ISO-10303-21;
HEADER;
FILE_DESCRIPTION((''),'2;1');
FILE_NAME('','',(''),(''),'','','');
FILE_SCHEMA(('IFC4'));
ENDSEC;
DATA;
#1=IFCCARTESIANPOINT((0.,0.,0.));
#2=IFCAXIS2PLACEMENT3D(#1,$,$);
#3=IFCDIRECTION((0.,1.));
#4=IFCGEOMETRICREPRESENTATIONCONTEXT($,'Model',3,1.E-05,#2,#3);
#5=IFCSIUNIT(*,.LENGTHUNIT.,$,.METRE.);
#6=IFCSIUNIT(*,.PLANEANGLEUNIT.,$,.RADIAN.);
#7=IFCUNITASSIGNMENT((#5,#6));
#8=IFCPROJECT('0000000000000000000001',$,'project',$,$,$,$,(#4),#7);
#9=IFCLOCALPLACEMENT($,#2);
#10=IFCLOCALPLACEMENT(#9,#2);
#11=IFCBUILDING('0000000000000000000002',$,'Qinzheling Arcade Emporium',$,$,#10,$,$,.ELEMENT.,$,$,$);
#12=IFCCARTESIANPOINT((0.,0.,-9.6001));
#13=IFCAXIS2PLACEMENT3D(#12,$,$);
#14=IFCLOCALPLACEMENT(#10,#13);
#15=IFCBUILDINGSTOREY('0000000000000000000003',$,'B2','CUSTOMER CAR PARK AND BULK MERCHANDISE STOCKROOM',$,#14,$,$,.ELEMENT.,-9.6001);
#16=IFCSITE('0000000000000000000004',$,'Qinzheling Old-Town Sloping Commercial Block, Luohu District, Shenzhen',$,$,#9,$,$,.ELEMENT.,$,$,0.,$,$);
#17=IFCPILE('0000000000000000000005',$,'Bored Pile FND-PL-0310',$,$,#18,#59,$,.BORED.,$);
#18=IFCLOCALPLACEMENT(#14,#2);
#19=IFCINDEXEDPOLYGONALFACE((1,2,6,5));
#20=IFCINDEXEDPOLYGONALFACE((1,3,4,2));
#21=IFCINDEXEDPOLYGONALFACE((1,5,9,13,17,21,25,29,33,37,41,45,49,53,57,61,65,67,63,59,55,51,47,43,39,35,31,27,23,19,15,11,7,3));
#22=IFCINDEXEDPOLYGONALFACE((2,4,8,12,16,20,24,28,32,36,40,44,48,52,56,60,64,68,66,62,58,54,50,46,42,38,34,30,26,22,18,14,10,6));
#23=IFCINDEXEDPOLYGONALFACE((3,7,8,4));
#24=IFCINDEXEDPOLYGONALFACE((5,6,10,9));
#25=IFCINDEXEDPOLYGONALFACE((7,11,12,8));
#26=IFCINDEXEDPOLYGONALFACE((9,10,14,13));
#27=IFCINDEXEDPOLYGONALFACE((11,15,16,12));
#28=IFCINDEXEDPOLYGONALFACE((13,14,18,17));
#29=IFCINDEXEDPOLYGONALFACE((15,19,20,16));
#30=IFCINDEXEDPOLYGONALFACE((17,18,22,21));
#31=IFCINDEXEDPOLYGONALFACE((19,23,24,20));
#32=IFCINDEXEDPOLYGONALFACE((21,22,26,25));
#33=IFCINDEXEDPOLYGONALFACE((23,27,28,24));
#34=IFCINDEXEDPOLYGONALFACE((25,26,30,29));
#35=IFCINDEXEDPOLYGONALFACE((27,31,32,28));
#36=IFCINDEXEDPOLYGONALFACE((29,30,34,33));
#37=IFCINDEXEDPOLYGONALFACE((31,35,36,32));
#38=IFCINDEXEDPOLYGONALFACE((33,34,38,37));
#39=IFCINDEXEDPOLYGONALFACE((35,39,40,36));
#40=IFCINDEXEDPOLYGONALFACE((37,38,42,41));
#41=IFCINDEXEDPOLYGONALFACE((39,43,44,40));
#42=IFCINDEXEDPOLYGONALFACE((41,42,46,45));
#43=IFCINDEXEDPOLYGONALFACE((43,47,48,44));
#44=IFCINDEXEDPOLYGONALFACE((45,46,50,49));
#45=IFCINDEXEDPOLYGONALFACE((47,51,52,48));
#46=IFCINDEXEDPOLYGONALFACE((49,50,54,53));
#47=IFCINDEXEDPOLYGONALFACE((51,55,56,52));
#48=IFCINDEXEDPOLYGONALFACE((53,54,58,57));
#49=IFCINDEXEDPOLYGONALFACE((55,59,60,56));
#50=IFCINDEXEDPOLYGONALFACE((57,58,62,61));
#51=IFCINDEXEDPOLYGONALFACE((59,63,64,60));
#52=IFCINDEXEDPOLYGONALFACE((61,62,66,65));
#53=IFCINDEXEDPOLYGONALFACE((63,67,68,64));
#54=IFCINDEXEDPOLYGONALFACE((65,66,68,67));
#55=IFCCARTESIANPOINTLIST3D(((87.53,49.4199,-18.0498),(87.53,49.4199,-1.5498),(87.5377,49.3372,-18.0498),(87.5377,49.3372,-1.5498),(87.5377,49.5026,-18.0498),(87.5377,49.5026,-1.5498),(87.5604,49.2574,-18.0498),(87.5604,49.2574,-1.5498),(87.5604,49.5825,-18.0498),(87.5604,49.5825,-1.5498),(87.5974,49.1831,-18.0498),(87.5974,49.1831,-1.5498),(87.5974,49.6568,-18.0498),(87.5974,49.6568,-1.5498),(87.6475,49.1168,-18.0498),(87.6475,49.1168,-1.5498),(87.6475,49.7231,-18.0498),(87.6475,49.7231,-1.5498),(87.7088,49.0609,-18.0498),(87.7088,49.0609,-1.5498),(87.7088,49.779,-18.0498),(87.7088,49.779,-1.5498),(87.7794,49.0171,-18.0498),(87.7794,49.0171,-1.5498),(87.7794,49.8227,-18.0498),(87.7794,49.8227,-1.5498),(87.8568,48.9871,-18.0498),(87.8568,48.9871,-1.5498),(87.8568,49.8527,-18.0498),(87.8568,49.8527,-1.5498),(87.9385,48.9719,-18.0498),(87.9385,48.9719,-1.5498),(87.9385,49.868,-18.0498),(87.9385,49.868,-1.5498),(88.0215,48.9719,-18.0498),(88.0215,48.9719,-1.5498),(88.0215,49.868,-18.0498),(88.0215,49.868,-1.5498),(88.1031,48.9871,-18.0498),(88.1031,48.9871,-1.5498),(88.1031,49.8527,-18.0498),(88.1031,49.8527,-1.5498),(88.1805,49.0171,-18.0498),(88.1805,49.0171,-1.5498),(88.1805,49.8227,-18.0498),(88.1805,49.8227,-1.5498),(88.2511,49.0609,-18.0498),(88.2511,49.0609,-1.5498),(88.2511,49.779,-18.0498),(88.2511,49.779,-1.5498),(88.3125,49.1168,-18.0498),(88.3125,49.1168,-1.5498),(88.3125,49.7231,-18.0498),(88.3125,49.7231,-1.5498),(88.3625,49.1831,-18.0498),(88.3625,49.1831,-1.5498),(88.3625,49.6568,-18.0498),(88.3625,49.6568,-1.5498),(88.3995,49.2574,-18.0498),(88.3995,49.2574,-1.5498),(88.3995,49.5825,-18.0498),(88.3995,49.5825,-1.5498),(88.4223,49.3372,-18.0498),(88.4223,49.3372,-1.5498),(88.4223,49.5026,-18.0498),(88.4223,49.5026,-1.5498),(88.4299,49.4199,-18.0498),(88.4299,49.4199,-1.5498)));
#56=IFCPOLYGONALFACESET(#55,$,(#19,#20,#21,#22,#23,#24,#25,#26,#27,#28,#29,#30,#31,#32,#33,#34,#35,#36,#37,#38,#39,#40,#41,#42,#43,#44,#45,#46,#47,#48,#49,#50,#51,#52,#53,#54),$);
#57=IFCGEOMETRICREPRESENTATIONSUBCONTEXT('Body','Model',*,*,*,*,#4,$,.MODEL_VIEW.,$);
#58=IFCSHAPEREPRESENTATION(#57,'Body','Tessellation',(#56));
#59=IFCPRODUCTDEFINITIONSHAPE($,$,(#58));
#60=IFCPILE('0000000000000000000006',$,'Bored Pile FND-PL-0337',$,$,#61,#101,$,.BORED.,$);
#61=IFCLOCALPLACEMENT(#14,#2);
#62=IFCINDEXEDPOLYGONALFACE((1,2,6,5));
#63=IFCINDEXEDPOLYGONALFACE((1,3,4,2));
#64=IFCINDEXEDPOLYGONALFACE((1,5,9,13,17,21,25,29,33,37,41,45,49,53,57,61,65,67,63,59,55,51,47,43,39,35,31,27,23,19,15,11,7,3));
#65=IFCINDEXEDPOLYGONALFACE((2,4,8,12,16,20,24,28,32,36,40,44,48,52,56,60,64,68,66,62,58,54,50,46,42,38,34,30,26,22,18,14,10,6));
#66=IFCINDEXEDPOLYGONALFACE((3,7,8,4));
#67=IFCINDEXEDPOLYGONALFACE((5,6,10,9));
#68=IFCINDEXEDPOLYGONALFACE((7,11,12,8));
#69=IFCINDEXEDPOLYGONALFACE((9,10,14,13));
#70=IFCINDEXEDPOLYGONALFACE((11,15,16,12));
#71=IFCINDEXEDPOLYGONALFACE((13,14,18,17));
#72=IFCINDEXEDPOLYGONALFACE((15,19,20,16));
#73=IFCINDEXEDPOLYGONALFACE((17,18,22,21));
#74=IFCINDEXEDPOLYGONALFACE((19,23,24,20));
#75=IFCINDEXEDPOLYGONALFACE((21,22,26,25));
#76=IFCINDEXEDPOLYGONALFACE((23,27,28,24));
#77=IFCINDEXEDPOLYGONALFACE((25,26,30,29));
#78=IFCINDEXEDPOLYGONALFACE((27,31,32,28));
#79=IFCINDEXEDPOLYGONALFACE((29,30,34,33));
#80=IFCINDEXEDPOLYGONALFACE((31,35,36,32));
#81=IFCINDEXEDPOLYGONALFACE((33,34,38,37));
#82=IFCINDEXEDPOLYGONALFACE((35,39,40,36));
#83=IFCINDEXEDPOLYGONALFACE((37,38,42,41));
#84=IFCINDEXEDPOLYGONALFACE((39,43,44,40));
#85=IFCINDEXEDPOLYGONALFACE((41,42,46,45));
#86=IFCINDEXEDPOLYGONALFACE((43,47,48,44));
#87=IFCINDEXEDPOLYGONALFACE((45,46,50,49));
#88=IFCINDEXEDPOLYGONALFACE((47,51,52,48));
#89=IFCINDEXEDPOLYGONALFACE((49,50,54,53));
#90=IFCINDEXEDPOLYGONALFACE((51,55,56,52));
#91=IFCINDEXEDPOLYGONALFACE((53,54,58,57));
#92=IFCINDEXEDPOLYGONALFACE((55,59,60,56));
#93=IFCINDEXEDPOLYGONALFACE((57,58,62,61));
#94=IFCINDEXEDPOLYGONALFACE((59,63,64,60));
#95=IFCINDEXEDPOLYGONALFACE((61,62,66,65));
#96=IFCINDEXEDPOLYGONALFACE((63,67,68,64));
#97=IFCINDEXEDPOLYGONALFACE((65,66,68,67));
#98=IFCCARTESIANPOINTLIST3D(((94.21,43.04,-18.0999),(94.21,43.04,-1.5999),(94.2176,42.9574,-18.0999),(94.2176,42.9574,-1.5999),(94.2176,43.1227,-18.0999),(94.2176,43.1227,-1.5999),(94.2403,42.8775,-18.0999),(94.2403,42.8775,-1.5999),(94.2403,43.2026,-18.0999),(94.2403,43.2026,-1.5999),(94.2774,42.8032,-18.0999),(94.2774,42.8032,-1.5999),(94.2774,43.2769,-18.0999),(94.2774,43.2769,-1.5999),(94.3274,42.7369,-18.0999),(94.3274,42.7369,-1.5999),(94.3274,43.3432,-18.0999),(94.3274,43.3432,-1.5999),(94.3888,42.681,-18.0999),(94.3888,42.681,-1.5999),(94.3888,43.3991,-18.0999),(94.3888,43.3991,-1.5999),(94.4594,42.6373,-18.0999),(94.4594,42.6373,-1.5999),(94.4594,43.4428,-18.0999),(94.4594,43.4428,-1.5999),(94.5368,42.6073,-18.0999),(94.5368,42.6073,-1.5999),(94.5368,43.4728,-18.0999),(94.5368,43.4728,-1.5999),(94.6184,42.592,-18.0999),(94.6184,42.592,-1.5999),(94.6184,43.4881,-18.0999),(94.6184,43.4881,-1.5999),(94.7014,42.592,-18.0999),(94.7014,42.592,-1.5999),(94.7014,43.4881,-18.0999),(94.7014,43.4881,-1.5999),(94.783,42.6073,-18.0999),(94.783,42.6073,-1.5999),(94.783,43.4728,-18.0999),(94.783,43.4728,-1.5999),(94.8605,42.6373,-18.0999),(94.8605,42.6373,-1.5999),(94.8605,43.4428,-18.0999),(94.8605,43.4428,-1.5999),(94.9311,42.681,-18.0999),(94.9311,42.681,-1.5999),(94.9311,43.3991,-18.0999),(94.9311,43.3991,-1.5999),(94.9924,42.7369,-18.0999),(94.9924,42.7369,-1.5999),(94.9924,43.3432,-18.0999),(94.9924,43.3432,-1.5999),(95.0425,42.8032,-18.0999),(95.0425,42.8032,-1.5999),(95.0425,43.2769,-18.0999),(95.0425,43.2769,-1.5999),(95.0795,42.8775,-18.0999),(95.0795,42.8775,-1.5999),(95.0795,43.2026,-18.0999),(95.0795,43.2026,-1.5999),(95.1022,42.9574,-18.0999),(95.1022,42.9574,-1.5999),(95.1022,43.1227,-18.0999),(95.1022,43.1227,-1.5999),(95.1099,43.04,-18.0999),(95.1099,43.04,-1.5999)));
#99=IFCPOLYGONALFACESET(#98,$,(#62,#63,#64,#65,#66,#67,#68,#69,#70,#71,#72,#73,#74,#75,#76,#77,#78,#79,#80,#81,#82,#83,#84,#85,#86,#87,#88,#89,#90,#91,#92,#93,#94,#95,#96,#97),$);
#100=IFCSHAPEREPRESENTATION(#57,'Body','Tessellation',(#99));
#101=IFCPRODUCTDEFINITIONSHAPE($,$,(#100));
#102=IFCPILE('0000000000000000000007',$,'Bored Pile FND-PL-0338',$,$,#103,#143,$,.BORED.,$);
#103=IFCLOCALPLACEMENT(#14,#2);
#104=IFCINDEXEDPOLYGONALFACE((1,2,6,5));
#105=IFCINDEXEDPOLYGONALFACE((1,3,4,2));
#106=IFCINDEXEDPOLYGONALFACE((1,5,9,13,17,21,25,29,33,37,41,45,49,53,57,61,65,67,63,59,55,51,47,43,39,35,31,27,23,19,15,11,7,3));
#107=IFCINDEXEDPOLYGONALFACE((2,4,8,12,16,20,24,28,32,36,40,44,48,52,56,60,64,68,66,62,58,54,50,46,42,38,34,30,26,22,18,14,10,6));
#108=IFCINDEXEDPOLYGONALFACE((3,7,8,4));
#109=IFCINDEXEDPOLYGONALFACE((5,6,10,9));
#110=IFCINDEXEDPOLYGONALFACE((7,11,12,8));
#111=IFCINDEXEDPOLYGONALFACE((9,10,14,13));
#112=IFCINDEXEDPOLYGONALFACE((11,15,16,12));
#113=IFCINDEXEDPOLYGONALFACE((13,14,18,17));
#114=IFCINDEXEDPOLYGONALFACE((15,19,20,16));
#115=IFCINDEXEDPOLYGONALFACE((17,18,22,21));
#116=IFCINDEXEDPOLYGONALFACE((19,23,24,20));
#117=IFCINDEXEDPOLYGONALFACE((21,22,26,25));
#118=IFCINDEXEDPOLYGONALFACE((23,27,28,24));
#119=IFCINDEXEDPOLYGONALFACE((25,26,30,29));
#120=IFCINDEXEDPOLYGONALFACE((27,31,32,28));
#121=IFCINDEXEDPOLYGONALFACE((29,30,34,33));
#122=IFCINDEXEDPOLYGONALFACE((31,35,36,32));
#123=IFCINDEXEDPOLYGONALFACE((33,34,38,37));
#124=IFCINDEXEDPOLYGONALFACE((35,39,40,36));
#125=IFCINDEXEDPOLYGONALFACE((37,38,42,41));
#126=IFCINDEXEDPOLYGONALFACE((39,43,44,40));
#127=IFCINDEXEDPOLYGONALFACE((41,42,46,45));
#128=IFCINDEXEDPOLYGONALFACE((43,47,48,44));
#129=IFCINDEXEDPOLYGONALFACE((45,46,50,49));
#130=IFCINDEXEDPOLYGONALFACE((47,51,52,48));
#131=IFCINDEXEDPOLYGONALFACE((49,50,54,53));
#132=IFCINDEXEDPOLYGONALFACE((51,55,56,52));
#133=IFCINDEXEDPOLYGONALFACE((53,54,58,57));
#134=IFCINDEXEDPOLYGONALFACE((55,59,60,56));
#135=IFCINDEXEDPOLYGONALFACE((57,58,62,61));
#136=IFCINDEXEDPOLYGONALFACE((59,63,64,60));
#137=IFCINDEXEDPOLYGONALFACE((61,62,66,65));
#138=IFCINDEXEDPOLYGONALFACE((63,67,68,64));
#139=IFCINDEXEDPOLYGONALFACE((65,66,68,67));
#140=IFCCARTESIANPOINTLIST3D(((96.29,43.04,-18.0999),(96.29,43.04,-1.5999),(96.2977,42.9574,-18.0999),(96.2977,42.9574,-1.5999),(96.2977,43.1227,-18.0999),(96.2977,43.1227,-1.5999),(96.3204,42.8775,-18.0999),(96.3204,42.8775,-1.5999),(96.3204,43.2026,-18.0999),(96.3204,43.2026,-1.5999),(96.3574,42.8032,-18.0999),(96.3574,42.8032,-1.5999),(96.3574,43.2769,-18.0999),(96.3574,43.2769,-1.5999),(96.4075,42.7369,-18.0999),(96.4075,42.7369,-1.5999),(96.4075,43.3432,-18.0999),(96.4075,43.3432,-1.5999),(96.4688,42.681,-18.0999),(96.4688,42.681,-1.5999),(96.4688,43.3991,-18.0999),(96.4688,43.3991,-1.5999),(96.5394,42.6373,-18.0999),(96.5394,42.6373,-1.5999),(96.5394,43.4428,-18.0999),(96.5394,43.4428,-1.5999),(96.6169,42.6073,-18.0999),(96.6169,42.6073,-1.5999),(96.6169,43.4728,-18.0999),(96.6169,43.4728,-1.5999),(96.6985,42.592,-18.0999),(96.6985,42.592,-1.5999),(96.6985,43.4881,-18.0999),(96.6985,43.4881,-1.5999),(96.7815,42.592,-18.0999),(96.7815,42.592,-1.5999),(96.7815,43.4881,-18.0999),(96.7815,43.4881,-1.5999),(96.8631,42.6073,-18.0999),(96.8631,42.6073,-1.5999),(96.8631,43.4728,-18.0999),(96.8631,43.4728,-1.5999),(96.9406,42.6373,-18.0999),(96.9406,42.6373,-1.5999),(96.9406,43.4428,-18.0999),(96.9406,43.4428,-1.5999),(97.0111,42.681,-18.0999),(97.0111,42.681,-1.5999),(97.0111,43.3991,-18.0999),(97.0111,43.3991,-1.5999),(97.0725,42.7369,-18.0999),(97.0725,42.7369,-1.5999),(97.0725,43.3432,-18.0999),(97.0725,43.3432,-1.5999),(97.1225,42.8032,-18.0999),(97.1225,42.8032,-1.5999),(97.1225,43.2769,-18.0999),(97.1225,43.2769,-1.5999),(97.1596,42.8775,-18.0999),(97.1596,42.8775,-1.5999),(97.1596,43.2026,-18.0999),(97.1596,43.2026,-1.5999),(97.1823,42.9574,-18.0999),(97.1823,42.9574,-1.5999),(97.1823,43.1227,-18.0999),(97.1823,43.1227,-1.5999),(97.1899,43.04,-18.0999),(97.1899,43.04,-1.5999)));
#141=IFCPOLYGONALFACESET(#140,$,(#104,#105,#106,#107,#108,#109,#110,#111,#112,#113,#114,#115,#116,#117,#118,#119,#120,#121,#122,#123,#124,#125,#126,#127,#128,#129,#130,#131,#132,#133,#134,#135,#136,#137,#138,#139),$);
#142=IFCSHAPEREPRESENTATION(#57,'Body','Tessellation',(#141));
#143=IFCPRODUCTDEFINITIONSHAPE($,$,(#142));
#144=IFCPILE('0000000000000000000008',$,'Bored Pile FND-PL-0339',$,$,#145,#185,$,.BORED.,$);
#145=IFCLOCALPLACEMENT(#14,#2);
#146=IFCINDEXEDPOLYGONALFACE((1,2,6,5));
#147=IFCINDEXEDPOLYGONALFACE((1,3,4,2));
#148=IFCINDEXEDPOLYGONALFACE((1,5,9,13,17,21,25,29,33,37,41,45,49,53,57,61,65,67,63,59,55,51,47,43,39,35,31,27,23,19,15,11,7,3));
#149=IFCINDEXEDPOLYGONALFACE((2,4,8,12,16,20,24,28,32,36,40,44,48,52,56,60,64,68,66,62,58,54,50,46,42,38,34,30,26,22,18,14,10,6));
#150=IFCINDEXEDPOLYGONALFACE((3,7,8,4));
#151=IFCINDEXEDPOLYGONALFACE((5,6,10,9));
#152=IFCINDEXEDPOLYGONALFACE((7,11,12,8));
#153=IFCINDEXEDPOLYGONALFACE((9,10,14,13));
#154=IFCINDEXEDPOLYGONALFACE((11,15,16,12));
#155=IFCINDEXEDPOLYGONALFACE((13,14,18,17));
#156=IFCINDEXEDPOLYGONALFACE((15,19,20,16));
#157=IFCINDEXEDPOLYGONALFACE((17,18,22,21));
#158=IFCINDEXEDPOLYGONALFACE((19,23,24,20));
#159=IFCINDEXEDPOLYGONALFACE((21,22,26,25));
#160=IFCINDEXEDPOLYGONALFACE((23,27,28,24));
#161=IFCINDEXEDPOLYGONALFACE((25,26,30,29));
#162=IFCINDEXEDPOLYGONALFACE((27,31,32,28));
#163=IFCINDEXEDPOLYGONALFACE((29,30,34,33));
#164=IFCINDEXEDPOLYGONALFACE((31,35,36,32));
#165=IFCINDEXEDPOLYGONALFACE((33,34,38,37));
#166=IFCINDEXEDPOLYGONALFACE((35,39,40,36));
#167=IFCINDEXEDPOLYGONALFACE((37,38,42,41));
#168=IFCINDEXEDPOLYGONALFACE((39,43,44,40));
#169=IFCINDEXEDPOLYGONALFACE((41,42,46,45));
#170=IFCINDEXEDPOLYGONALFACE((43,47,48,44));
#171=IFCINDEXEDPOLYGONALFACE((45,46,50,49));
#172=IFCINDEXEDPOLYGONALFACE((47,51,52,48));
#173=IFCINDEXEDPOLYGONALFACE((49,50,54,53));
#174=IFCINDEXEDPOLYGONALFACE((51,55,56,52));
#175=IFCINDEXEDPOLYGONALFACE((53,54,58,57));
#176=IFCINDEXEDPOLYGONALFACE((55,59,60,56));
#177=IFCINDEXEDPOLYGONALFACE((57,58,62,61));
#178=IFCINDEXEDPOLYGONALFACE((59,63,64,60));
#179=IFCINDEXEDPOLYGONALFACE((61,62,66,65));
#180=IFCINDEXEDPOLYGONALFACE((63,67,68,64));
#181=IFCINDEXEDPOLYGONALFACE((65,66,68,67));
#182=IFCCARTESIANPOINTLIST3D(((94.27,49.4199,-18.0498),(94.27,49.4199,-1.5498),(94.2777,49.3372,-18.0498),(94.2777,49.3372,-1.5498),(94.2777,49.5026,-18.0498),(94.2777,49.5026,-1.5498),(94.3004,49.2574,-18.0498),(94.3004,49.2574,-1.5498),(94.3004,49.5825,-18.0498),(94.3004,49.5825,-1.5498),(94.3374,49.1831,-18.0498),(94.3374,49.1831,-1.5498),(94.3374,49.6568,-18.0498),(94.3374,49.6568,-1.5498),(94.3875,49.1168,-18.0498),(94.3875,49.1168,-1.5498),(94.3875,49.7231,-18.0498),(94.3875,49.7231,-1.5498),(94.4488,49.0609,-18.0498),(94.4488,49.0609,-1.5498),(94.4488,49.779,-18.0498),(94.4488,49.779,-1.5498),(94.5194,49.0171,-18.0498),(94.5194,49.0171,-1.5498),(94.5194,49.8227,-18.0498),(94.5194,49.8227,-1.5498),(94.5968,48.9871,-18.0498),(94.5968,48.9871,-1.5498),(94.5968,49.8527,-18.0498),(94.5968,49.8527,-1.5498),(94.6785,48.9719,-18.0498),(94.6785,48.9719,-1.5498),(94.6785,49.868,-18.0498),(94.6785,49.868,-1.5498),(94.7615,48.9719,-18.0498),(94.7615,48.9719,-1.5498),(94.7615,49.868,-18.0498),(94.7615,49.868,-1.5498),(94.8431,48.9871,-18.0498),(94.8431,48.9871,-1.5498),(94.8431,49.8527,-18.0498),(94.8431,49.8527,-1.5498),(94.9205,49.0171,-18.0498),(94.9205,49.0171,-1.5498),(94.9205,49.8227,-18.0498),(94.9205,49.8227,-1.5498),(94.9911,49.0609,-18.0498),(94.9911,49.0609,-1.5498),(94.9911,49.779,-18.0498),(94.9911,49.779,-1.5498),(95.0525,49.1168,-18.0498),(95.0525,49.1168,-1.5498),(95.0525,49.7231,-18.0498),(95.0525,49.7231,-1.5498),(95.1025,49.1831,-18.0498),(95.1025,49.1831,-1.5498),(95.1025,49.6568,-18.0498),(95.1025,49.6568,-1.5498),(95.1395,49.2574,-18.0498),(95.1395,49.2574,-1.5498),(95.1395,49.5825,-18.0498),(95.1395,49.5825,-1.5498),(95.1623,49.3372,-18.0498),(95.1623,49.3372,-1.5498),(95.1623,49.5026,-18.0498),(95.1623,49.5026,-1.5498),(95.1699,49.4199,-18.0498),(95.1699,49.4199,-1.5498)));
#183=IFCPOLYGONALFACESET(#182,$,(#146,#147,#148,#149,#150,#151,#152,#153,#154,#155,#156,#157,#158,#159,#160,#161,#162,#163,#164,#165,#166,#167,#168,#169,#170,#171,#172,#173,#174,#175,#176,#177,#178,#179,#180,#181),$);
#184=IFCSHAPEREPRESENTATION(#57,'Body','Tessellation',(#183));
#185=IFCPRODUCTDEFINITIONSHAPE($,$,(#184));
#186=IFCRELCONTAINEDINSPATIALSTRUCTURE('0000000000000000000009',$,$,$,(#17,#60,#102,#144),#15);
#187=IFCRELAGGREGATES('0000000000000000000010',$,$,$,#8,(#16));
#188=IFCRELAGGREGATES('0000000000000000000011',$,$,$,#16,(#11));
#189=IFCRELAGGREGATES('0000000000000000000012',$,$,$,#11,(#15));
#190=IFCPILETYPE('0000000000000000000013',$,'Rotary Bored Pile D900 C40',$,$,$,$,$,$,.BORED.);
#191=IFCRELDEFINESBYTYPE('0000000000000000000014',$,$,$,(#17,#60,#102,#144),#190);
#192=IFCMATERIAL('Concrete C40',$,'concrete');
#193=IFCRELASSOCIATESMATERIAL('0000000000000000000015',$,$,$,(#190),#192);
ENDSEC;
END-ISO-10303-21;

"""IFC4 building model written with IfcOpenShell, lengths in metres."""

from ifc_helpers import new_model, si_unit, direction, frame, origin, origin_2d, place, context, subcontext, project, spatial, circle, extrude, material, material_profile, profile_set, type_object, element, save


model = new_model("IFC4")

# Units and contexts
model_context = context("Model", 3, precision=1e-05, world=origin(), true_north=direction((0.0, 1.0)))
body_context = subcontext(model_context, "Body", "Model", "MODEL_VIEW")
ifc_project = project(units=[si_unit("LENGTHUNIT", "METRE"), si_unit("PLANEANGLEUNIT", "RADIAN")], contexts=[model_context])

# Site, building, storey
site_placement = place(None, origin())
site = spatial("IfcSite", under=ifc_project, at=site_placement, Name="Qinzheling Old-Town Sloping Commercial Block, Luohu District, Shenzhen", CompositionType="ELEMENT", RefElevation=0.0)
building_placement = place(site_placement, origin())
building = spatial("IfcBuilding", under=site, at=building_placement, Name="Qinzheling Arcade Emporium", CompositionType="ELEMENT")
storey_placement = place(building_placement, frame((0.0, 0.0, -9.6001)))
storey = spatial("IfcBuildingStorey", under=building, at=storey_placement, Name="B2", Description="CUSTOMER CAR PARK AND BULK MERCHANDISE STOCKROOM", CompositionType="ELEMENT", Elevation=-9.6001)

# Shared definitions
ifc_material_1 = material(Name="Concrete C40", Category="concrete")

# Piles
ifc_material_profile_1 = material_profile(ifc_material_1, circle(Radius=0.45, at=origin_2d()), Name="BORED D900", Category="concrete")
ifc_profile_set_1 = profile_set([ifc_material_profile_1], Name="Concrete C40")
pile_type_1 = type_object("IfcPileType", Name="Rotary Bored Pile D900 C40", PredefinedType="BORED", material=ifc_profile_set_1)
for number, where, z_axis, x_axis, name in (
    (1, (87.98, 49.4199, -1.5498), (0.0, 0.0, -1.0), (1.0, 0.0, 0.0), "Bored Pile FND-PL-0310"),
    (2, (94.6599, 43.04, -1.5999), (0.0, 0.0, -1.0), (1.0, 0.0, 0.0), "Bored Pile FND-PL-0337"),
    (3, (96.74, 43.04, -1.5999), (0.0, 0.0, -1.0), (1.0, 0.0, 0.0), "Bored Pile FND-PL-0338"),
    (4, (94.72, 49.4199, -1.5498), (0.0, 0.0, -1.0), (1.0, 0.0, 0.0), "Bored Pile FND-PL-0339"),
):
    element("IfcPile", number, at=place(storey_placement, frame(where, z_axis=z_axis, x_axis=x_axis)), inside=storey, type_object=pile_type_1, Name=name, PredefinedType="BORED", context=body_context, shape_type="SweptSolid", body=[
        extrude(circle(Radius=0.45, at=origin_2d()), origin(), (0.0, 0.0, 1.0), 16.5),
    ])

save(model, "model.ifc")
